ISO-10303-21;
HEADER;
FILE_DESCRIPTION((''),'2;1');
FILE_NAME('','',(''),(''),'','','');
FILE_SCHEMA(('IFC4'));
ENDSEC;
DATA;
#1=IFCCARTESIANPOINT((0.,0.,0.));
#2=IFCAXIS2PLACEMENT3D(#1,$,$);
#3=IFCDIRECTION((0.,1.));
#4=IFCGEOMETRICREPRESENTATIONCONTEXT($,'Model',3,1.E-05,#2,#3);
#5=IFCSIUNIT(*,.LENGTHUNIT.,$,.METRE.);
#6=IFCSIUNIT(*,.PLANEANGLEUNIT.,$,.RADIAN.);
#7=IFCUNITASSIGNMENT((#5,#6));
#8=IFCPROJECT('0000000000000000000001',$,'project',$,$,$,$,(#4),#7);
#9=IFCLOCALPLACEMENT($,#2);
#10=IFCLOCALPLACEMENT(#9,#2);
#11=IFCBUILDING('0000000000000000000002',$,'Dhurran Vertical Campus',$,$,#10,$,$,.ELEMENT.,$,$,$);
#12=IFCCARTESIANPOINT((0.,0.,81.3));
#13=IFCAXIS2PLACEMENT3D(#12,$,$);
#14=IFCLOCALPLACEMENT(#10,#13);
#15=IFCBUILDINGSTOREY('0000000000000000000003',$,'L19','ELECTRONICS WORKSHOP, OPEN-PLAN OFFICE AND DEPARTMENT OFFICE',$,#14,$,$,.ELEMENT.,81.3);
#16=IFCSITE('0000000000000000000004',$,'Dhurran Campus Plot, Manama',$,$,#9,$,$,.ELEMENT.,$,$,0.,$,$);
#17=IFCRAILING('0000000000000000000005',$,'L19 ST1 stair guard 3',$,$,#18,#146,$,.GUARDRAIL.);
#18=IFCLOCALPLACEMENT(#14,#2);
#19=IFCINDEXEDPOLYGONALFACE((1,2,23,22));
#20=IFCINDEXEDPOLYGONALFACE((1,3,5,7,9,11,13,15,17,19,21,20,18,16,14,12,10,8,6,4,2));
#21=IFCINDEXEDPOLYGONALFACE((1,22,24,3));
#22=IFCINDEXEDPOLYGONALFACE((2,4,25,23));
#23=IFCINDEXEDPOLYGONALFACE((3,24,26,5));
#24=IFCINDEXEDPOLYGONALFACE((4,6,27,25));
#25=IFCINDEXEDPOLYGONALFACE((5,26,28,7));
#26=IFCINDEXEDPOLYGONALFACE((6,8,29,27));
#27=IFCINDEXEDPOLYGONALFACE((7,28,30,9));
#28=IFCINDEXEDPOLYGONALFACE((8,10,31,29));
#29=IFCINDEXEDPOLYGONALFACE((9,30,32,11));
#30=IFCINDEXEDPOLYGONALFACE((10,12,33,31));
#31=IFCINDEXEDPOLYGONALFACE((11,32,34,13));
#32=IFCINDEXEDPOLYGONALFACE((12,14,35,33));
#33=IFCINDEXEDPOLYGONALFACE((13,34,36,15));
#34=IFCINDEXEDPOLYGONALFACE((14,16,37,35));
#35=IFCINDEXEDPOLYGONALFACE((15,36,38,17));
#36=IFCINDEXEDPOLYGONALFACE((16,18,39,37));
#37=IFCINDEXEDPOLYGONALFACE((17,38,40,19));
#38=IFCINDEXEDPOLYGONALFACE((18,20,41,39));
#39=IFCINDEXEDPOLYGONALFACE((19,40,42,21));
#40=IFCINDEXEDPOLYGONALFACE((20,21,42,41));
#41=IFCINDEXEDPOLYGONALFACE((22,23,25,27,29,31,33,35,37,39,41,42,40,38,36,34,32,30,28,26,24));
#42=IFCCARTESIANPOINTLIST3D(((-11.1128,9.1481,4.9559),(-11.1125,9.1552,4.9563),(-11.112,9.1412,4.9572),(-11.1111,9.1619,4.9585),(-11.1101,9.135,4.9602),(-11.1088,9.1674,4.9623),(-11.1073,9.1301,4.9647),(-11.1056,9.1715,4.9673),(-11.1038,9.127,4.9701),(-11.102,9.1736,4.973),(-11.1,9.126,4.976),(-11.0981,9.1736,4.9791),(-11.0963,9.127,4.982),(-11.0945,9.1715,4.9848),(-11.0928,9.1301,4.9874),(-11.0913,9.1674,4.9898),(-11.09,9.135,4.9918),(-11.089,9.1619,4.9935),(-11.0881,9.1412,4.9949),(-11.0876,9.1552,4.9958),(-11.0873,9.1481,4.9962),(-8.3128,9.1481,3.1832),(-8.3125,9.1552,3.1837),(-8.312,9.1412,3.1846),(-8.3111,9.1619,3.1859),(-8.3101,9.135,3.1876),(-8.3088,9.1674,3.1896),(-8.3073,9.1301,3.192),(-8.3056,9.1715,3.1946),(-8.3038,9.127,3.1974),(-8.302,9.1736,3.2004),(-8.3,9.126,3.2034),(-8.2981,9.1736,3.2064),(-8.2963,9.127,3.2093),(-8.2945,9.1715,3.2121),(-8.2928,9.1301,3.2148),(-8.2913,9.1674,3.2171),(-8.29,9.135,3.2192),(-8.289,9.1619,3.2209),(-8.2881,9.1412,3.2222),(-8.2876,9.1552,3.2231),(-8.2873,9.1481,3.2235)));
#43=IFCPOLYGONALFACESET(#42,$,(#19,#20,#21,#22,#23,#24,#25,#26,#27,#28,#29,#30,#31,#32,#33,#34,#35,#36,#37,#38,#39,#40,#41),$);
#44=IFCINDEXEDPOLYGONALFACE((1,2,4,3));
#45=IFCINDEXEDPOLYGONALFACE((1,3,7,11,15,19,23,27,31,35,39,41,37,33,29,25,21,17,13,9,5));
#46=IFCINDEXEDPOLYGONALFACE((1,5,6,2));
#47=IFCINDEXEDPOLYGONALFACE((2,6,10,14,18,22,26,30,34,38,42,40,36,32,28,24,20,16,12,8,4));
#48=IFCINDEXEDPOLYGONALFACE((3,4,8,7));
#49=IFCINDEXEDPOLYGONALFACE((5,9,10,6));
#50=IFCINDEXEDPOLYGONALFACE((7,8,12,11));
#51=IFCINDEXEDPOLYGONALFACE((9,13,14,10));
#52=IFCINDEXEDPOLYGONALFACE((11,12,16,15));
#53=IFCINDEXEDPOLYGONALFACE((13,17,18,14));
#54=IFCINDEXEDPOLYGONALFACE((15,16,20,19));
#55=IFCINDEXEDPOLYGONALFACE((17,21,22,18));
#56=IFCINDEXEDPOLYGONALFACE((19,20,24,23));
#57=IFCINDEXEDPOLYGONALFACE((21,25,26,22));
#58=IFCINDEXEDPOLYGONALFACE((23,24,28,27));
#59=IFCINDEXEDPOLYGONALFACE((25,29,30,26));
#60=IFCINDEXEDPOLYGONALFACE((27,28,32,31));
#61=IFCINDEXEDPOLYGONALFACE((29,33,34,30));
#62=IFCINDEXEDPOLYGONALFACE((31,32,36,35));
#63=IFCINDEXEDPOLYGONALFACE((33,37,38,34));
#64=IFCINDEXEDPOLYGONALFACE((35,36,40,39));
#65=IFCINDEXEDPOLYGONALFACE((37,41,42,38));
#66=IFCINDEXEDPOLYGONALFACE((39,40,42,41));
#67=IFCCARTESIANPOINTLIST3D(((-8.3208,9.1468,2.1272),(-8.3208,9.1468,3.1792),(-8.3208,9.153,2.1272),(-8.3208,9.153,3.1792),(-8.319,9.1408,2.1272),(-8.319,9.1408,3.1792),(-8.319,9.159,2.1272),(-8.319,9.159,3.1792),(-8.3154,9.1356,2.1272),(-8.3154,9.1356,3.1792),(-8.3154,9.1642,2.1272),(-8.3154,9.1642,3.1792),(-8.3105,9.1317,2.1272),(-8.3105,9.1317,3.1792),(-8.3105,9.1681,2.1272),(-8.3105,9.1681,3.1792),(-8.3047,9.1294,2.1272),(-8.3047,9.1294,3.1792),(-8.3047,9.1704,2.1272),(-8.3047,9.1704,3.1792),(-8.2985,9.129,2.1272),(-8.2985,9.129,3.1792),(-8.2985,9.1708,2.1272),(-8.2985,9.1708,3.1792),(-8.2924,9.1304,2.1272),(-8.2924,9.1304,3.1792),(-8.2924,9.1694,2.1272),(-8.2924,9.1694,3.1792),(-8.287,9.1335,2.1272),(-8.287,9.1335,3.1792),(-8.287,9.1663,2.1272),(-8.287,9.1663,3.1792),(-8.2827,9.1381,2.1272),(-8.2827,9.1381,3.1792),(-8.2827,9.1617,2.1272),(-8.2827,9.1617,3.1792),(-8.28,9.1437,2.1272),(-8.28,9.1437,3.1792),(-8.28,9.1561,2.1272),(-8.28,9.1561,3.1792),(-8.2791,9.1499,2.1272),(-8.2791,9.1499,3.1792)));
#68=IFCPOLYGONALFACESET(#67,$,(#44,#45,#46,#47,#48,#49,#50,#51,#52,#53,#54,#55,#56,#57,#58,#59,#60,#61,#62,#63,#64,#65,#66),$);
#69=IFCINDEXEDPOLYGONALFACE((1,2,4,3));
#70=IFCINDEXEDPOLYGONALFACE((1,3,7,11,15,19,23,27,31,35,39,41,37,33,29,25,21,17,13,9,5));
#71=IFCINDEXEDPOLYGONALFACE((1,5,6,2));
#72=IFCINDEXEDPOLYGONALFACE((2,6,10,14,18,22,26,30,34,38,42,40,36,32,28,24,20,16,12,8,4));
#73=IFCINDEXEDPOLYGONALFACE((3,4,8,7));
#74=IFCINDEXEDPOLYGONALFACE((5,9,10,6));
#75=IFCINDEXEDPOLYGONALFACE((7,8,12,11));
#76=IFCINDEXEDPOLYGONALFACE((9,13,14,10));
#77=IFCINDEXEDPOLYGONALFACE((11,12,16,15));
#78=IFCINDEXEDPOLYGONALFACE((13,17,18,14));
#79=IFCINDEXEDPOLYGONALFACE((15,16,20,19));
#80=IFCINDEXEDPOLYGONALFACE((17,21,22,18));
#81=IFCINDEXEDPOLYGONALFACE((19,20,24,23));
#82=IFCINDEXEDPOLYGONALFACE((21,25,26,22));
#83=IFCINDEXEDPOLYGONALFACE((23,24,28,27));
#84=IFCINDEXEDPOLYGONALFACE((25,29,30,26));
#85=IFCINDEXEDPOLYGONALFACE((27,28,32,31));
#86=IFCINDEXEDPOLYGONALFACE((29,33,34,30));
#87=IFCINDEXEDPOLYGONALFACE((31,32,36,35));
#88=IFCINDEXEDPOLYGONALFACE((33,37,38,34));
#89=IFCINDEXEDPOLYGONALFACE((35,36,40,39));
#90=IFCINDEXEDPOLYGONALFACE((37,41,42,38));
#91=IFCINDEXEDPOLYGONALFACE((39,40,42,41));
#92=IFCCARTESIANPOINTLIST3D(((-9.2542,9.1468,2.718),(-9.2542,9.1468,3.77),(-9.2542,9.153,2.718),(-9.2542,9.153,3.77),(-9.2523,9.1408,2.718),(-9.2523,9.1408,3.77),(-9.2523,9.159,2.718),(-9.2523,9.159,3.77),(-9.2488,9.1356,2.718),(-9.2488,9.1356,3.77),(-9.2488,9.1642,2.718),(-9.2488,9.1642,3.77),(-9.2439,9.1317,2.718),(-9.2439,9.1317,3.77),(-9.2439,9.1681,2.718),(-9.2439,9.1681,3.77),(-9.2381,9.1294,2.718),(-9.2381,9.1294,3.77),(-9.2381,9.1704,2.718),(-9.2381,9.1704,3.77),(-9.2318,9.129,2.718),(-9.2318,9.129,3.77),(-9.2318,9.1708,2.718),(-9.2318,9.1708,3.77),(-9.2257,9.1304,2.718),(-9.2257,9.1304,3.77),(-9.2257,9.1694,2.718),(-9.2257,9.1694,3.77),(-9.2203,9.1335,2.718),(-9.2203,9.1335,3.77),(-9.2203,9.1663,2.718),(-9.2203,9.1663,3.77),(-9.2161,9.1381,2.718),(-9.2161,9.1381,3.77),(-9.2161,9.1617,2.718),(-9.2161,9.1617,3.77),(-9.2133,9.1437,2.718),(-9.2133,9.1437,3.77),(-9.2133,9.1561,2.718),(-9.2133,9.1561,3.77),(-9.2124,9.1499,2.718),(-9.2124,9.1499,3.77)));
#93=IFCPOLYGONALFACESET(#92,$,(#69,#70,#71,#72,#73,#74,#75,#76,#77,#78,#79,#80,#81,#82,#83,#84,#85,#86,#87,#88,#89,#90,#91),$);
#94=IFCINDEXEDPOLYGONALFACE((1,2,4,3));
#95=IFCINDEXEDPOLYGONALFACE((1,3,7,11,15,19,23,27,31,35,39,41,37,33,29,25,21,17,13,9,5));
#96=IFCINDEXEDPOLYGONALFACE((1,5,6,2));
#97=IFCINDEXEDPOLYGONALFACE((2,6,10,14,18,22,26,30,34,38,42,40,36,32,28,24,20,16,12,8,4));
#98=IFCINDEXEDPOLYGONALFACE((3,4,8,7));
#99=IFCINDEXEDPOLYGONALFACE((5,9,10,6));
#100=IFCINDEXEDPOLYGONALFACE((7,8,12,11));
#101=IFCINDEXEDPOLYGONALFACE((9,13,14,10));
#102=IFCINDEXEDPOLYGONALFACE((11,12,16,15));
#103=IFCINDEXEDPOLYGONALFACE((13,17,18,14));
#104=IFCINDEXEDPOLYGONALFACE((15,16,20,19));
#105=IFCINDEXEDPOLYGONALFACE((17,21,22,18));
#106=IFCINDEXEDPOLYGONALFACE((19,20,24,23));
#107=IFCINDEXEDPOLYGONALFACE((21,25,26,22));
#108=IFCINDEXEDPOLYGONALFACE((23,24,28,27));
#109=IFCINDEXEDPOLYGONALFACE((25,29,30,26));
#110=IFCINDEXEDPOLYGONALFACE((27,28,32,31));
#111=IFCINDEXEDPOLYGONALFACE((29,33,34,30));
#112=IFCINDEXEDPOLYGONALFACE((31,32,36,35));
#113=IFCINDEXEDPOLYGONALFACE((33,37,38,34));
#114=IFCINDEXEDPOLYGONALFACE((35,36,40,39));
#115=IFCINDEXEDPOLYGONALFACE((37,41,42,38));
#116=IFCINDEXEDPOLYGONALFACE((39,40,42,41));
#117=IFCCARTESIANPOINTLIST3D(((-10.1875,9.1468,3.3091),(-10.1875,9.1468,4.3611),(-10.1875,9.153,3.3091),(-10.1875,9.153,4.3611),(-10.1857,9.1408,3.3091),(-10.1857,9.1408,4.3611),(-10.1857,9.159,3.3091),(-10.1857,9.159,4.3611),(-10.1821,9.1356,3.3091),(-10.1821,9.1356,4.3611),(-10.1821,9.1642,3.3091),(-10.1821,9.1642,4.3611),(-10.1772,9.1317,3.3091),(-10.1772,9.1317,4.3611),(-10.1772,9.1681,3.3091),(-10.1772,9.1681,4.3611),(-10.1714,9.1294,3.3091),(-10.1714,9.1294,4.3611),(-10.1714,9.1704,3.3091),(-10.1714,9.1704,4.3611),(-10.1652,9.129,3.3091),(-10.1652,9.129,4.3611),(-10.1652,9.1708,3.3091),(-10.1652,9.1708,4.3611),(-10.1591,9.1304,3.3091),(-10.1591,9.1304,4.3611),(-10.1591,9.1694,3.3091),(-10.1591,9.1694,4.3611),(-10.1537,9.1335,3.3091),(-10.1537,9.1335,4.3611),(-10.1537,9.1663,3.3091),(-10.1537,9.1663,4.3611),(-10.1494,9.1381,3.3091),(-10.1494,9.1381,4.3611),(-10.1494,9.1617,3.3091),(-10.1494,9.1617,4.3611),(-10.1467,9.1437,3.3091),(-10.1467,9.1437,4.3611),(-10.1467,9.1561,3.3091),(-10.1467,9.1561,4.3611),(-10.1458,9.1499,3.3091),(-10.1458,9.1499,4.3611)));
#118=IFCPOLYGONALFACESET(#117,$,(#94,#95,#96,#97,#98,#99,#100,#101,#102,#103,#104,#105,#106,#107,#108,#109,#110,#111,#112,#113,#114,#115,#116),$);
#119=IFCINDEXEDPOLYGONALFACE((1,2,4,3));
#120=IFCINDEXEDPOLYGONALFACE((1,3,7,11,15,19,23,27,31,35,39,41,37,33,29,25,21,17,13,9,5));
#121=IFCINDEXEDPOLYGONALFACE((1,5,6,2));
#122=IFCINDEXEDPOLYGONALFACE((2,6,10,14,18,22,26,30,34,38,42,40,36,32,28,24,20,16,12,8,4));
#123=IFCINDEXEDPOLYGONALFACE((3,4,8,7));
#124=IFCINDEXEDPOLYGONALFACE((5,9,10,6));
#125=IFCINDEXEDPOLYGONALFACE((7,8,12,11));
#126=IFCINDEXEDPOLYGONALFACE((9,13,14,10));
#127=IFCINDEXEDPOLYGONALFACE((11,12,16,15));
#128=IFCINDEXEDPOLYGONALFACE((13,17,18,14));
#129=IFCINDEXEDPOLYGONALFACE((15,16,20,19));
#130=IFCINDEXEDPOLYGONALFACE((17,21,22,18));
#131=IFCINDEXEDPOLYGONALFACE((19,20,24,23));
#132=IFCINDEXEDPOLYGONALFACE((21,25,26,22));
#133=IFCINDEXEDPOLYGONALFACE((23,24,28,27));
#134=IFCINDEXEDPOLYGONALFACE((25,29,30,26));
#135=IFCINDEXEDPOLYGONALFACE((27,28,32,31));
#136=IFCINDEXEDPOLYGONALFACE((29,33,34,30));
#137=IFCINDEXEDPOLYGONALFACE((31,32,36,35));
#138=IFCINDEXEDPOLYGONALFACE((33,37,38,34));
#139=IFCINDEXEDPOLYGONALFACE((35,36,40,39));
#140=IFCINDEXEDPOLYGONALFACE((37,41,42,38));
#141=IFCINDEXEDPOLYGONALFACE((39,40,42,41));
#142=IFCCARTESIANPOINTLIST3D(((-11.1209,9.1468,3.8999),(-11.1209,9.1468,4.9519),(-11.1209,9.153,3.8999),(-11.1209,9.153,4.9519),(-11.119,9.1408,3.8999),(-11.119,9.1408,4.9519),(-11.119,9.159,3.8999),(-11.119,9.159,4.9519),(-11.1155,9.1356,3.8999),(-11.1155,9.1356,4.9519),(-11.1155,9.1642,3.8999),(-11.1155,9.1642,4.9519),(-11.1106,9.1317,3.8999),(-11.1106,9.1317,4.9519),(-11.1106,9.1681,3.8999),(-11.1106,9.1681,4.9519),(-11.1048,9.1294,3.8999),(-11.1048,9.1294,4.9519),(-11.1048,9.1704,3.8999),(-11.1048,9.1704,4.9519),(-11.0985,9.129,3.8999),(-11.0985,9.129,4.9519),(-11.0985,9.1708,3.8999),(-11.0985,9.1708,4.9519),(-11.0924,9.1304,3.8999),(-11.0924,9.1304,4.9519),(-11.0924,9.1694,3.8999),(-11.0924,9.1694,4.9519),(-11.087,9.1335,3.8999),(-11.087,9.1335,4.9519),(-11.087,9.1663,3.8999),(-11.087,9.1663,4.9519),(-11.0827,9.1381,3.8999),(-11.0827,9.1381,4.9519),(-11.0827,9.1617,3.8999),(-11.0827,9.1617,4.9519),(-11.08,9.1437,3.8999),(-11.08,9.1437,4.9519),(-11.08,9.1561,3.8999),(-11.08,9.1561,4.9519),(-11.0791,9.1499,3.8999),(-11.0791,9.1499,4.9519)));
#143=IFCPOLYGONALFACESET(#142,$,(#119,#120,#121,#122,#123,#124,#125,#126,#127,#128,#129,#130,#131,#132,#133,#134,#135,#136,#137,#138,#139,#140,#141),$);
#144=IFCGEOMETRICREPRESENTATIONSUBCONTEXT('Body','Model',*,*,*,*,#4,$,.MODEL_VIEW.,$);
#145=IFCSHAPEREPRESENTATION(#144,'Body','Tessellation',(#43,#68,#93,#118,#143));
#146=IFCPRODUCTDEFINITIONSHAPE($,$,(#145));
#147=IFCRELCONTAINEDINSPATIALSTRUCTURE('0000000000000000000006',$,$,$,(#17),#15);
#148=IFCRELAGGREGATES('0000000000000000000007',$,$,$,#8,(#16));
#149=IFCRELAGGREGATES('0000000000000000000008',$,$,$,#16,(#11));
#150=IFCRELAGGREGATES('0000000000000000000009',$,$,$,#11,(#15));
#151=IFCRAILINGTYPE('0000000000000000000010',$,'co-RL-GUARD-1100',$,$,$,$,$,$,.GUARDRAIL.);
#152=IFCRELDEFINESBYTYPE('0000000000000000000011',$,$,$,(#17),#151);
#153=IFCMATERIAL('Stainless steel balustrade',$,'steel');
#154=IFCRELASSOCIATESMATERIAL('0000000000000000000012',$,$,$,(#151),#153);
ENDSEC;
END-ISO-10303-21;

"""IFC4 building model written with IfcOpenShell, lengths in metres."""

from ifc_helpers import new_model, si_unit, direction, frame, origin, origin_2d, place, context, subcontext, project, spatial, circle, extrude, material, type_object, element, save


model = new_model("IFC4")

# Units and contexts
model_context = context("Model", 3, precision=1e-05, world=origin(), true_north=direction((0.0, 1.0)))
body_context = subcontext(model_context, "Body", "Model", "MODEL_VIEW")
ifc_project = project(units=[si_unit("LENGTHUNIT", "METRE"), si_unit("PLANEANGLEUNIT", "RADIAN")], contexts=[model_context])

# Site, building, storey
site_placement = place(None, origin())
site = spatial("IfcSite", under=ifc_project, at=site_placement, Name="Dhurran Campus Plot, Manama", CompositionType="ELEMENT", RefElevation=0.0)
building_placement = place(site_placement, origin())
building = spatial("IfcBuilding", under=site, at=building_placement, Name="Dhurran Vertical Campus", CompositionType="ELEMENT")
storey_placement = place(building_placement, frame((0.0, 0.0, 81.3)))
storey = spatial("IfcBuildingStorey", under=building, at=storey_placement, Name="L19", Description="ELECTRONICS WORKSHOP, OPEN-PLAN OFFICE AND DEPARTMENT OFFICE", CompositionType="ELEMENT", Elevation=81.3)

# Railing
ifc_material_1 = material(Name="Stainless steel balustrade", Category="steel")
railing_type_1 = type_object("IfcRailingType", Name="co-RL-GUARD-1100", PredefinedType="GUARDRAIL", material=ifc_material_1)
railing_1_placement = place(storey_placement, frame((-8.3, 9.1499, 2.1272)))
element("IfcRailing", 1, at=railing_1_placement, inside=storey, type_object=railing_type_1, Name="L19 ST1 stair guard 3", PredefinedType="GUARDRAIL", context=body_context, shape_type="SweptSolid", body=[
    extrude(circle(Radius=0.0239, at=origin_2d()), frame((0.0, 0.0, 1.0762), z_axis=(-0.844909, 0.0, 0.53491), x_axis=(0.0, -1.0, 0.0)), (0.0, 0.0, 1.0), 3.314),
    extrude(circle(Radius=0.021, at=origin_2d()), origin(), (0.0, 0.0, 1.0), 1.052),
    extrude(circle(Radius=0.021, at=origin_2d()), frame((-0.9333, 0.0, 0.5908)), (0.0, 0.0, 1.0), 1.052),
    extrude(circle(Radius=0.021, at=origin_2d()), frame((-1.8667, 0.0, 1.1819)), (0.0, 0.0, 1.0), 1.052),
    extrude(circle(Radius=0.021, at=origin_2d()), frame((-2.8, 0.0, 1.7727)), (0.0, 0.0, 1.0), 1.052),
])

save(model, "model.ifc")
